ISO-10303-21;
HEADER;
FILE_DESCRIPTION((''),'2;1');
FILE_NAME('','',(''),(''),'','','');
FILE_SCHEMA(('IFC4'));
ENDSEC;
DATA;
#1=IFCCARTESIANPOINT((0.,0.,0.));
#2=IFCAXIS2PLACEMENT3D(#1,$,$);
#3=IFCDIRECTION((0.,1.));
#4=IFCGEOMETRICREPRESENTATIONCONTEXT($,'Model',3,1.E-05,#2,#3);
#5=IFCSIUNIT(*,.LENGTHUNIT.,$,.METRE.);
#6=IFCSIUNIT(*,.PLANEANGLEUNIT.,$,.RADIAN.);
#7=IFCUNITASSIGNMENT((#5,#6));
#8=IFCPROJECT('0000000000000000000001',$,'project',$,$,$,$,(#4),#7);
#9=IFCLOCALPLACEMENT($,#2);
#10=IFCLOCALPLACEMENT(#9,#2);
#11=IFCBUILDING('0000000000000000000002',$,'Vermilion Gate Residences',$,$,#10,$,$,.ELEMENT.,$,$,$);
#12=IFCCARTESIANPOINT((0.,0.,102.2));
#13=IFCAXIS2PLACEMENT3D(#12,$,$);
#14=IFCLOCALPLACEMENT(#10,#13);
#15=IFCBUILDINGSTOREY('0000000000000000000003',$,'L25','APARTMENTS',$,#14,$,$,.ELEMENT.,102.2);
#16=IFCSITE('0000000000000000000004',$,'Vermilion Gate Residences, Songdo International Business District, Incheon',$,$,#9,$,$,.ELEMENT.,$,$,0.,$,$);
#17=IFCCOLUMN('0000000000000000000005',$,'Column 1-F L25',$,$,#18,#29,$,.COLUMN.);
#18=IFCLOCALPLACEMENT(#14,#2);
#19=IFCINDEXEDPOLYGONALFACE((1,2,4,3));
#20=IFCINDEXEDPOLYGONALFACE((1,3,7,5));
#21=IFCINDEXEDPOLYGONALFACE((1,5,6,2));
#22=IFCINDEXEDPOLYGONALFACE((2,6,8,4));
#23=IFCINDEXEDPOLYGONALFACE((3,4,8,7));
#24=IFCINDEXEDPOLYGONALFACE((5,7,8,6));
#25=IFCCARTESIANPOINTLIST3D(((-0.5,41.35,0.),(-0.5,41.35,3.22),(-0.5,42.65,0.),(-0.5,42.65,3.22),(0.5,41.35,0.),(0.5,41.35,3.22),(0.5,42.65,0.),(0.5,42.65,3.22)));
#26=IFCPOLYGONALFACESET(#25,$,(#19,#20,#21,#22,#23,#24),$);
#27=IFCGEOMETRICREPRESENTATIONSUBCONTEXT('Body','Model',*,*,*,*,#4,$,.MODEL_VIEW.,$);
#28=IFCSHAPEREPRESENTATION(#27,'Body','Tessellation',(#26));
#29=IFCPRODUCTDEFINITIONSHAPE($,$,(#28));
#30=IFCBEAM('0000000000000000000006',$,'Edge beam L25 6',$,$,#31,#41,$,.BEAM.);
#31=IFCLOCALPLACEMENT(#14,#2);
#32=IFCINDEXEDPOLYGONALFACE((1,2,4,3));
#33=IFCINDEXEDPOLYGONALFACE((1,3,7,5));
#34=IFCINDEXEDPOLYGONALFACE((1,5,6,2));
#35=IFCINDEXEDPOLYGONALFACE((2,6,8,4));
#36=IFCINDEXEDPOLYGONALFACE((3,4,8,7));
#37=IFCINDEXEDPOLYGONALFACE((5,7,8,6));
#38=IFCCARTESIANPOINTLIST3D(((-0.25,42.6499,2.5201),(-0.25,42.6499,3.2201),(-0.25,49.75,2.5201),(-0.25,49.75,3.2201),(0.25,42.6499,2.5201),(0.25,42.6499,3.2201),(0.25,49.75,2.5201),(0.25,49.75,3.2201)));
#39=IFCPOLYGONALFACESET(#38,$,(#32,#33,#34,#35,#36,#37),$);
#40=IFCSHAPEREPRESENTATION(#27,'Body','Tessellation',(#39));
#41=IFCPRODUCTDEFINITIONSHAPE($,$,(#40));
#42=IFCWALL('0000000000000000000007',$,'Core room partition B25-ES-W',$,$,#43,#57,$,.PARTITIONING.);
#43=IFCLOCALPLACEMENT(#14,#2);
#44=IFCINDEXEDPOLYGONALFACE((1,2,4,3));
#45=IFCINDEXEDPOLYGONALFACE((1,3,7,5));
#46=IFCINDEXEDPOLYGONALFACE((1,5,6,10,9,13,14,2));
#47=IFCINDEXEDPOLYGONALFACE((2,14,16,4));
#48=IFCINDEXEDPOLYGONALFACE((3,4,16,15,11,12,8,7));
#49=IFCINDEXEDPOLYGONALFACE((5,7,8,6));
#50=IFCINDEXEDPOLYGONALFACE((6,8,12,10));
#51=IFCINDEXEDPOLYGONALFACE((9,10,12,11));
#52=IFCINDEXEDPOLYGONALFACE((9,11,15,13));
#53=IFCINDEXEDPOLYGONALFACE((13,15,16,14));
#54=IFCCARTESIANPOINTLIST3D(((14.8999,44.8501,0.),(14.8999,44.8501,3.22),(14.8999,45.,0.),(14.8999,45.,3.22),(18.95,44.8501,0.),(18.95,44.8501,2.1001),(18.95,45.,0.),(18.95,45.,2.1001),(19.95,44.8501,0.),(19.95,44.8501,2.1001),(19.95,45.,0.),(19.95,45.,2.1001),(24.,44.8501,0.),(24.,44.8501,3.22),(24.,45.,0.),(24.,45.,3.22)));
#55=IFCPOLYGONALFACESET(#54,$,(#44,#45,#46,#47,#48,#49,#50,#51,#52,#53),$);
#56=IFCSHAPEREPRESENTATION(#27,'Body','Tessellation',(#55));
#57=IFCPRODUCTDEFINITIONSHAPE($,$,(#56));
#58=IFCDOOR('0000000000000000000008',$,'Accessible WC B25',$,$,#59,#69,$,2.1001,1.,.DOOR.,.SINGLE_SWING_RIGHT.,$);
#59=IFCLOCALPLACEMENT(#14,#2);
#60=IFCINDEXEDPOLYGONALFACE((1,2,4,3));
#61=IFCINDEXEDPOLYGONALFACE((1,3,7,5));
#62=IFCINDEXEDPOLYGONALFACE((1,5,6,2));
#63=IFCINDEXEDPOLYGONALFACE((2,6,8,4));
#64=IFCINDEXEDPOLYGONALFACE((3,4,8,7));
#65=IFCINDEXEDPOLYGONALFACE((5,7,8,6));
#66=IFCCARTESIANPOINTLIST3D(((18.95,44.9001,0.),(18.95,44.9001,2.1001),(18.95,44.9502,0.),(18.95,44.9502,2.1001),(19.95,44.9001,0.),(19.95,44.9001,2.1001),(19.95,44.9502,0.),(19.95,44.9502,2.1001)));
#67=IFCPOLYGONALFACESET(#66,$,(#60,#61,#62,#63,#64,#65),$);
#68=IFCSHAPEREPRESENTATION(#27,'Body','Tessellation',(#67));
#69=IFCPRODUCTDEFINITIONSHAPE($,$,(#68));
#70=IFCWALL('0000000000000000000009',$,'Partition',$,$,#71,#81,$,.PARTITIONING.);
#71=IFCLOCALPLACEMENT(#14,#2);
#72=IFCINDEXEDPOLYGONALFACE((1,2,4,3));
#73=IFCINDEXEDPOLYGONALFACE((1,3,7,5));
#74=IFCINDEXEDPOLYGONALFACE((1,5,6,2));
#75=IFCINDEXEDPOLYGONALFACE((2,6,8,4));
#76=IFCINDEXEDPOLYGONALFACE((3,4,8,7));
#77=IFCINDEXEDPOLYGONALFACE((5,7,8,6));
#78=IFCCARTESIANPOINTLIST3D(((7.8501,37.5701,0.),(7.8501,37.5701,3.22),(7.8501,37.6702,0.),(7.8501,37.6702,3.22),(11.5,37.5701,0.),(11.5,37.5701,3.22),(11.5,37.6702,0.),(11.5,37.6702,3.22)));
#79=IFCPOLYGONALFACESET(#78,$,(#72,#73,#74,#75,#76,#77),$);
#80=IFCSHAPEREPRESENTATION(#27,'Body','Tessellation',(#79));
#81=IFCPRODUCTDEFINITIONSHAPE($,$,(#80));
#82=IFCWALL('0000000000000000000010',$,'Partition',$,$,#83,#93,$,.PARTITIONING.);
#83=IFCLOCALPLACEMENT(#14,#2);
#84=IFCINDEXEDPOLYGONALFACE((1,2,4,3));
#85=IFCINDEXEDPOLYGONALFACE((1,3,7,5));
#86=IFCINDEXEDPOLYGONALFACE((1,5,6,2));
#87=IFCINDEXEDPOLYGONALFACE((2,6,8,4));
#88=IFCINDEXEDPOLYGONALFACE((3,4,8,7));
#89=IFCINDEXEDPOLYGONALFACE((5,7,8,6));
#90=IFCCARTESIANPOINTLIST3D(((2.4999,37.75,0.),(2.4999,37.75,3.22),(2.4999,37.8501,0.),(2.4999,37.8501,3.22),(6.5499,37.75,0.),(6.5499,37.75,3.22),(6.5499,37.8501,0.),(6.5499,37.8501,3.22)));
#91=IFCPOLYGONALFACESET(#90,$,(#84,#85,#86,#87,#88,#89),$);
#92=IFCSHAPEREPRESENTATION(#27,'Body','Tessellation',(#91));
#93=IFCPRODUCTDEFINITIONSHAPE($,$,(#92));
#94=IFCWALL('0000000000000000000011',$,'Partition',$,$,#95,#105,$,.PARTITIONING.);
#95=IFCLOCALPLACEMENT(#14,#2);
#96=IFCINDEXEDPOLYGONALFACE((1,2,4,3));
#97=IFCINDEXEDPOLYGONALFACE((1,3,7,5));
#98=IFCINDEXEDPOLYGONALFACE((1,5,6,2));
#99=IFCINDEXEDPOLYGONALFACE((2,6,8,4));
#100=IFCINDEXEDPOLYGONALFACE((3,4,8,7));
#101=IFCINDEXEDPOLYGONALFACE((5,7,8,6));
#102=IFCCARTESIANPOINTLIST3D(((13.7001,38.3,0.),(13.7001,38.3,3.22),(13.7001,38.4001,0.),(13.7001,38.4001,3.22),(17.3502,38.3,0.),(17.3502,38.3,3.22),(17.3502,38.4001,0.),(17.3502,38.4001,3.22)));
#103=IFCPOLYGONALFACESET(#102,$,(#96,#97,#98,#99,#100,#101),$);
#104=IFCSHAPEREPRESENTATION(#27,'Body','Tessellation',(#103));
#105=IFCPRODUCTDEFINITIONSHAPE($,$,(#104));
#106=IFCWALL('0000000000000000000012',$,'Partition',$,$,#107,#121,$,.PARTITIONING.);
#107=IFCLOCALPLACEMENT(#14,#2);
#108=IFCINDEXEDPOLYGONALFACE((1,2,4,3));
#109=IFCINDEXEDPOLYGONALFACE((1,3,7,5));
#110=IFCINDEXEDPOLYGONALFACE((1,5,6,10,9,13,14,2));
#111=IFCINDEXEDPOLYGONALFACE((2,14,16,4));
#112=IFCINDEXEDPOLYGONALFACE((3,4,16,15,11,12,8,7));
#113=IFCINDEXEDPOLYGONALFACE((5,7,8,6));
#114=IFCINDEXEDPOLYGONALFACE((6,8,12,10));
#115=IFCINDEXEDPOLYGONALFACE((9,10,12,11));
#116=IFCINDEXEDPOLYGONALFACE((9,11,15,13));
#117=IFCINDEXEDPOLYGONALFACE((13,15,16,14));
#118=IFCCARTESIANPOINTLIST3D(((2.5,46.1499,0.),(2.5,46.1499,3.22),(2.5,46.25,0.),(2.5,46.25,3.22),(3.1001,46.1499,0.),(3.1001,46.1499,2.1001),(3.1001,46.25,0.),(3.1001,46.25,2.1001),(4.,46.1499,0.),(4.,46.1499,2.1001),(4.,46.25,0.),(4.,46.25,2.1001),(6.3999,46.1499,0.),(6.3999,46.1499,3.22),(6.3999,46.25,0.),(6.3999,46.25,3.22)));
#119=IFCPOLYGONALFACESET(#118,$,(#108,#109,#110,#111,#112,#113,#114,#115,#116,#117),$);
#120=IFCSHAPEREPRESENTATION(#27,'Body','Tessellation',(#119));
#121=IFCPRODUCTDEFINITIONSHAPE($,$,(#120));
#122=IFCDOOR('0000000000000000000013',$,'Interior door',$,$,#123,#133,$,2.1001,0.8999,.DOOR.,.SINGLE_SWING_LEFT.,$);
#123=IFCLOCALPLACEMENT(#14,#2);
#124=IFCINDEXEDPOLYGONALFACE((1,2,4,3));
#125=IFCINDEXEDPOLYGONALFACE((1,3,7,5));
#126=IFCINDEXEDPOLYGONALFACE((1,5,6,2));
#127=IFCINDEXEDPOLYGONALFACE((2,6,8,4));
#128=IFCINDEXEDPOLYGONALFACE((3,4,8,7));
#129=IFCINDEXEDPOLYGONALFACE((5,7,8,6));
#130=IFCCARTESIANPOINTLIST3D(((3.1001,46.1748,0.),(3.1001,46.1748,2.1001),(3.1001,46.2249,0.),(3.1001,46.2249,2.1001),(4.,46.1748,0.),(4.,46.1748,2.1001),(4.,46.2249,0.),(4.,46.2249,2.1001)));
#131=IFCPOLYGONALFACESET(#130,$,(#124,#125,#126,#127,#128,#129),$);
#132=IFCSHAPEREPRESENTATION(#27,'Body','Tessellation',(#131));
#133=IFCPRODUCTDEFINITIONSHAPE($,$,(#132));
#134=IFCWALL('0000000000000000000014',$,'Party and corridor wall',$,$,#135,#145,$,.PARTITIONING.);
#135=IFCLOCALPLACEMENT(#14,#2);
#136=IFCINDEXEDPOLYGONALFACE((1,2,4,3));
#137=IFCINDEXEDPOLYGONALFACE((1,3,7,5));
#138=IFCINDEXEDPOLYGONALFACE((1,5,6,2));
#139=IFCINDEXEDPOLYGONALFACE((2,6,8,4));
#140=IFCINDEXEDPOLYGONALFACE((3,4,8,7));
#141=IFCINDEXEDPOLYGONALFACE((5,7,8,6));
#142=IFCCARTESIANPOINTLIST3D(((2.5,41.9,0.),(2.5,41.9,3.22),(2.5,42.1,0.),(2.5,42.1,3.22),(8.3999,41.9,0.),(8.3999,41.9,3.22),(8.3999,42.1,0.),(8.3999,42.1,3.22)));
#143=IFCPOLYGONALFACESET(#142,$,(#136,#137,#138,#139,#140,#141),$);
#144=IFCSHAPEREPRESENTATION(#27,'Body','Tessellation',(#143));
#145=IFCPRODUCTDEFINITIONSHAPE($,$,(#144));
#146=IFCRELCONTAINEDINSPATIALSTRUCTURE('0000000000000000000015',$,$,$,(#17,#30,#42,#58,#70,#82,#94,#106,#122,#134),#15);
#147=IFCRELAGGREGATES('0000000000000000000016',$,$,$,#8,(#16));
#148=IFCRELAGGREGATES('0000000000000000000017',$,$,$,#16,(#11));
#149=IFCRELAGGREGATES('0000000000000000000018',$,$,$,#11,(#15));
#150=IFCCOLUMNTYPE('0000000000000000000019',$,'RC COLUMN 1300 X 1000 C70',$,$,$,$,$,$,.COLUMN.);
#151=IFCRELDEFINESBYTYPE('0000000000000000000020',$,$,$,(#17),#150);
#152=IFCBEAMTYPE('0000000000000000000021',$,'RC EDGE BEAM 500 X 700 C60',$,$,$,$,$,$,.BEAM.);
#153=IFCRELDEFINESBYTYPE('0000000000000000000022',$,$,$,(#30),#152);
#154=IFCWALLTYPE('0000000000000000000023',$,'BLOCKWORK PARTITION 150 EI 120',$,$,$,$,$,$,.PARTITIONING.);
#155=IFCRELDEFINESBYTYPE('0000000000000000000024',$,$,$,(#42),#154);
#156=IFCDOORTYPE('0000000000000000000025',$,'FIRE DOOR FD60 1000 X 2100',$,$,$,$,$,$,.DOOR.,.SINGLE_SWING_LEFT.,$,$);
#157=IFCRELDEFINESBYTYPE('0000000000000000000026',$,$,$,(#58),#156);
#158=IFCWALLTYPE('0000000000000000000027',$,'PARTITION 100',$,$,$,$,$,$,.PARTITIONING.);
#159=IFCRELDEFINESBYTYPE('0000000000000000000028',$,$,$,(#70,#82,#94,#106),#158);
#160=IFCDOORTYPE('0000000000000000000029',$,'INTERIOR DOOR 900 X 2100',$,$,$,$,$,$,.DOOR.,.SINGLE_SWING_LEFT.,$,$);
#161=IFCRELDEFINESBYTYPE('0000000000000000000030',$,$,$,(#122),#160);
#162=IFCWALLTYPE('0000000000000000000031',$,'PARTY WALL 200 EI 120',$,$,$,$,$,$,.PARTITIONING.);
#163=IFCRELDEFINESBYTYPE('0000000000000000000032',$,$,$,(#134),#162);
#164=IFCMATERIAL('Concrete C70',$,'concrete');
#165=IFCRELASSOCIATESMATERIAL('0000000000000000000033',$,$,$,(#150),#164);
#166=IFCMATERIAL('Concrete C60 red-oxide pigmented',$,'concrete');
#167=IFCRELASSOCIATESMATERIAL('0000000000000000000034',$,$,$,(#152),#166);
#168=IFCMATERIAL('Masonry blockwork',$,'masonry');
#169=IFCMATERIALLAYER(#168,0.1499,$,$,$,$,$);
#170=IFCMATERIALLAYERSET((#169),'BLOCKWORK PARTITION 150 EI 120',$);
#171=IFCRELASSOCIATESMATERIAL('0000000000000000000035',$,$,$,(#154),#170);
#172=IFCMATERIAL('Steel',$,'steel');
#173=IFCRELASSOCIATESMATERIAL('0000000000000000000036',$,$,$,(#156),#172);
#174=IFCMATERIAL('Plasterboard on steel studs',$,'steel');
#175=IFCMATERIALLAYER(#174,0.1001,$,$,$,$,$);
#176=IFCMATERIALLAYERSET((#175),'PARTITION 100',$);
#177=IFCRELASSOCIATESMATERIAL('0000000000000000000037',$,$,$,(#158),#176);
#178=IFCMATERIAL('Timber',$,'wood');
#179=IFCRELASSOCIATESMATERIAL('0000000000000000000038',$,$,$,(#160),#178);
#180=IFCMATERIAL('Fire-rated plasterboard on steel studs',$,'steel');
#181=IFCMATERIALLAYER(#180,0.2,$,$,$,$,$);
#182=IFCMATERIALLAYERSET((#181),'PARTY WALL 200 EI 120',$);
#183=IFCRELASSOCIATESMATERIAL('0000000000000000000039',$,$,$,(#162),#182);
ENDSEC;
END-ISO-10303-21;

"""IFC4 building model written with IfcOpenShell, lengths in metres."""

from ifc_helpers import new_model, si_unit, direction, frame, frame_2d, origin, origin_2d, place, context, subcontext, project, spatial, rectangle, extrude, material, layer, layer_set, material_profile, profile_set, type_object, element, fill, save


model = new_model("IFC4")

# Units and contexts
model_context = context("Model", 3, precision=1e-05, world=origin(), true_north=direction((0.0, 1.0)))
body_context = subcontext(model_context, "Body", "Model", "MODEL_VIEW")
ifc_project = project(units=[si_unit("LENGTHUNIT", "METRE"), si_unit("PLANEANGLEUNIT", "RADIAN")], contexts=[model_context])

# Site, building, storey
site_placement = place(None, origin())
site = spatial("IfcSite", under=ifc_project, at=site_placement, Name="Vermilion Gate Residences, Songdo International Business District, Incheon", CompositionType="ELEMENT", RefElevation=0.0)
building_placement = place(site_placement, origin())
building = spatial("IfcBuilding", under=site, at=building_placement, Name="Vermilion Gate Residences", CompositionType="ELEMENT")
storey_placement = place(building_placement, frame((0.0, 0.0, 102.2)))
storey = spatial("IfcBuildingStorey", under=building, at=storey_placement, Name="L25", Description="APARTMENTS", CompositionType="ELEMENT", Elevation=102.2)

# Column
ifc_material_1 = material(Name="Concrete C70", Category="concrete")
ifc_material_profile_1 = material_profile(ifc_material_1, rectangle(XDim=1.3, YDim=1.0, at=origin_2d()), Name="RC-1300x1000")
ifc_profile_set_1 = profile_set([ifc_material_profile_1], Name="Concrete C70")
column_type = type_object("IfcColumnType", Name="RC COLUMN 1300 X 1000 C70", PredefinedType="COLUMN", material=ifc_profile_set_1)
column_placement = place(storey_placement, frame((0.0, 42.0, 0.0), z_axis=(0.0, 0.0, 1.0), x_axis=(0.0, 1.0, 0.0)))
element("IfcColumn", 1, at=column_placement, inside=storey, type_object=column_type, Name="Column 1-F L25", PredefinedType="COLUMN", context=body_context, shape_type="SweptSolid", body=[
    extrude(rectangle(XDim=1.3, YDim=1.0, at=origin_2d()), origin(), (0.0, 0.0, 1.0), 3.22),
])

# Beam
ifc_material_2 = material(Name="Concrete C60 red-oxide pigmented", Category="concrete")
ifc_material_profile_2 = material_profile(ifc_material_2, rectangle(XDim=0.5, YDim=0.7, at=origin_2d()), Name="RC-500x700")
ifc_profile_set_2 = profile_set([ifc_material_profile_2], Name="Concrete C60 red-oxide pigmented")
beam_type = type_object("IfcBeamType", Name="RC EDGE BEAM 500 X 700 C60", PredefinedType="BEAM", material=ifc_profile_set_2)
beam_placement = place(storey_placement, frame((0.0, 42.6499, 2.8701), z_axis=(0.0, 1.0, 0.0), x_axis=(-1.0, 0.0, 0.0)))
element("IfcBeam", 2, at=beam_placement, inside=storey, type_object=beam_type, Name="Edge beam L25 6", PredefinedType="BEAM", context=body_context, shape_type="SweptSolid", body=[
    extrude(rectangle(XDim=0.5, YDim=0.7, at=origin_2d()), origin(), (0.0, 0.0, 1.0), 7.1001),
])

# Wall, opening, door
ifc_material_3 = material(Name="Masonry blockwork", Category="masonry")
ifc_layer_1 = layer(ifc_material_3, 0.1499)
ifc_layer_set_1 = layer_set([ifc_layer_1], Name="BLOCKWORK PARTITION 150 EI 120")
wall_type_1 = type_object("IfcWallType", Name="BLOCKWORK PARTITION 150 EI 120", PredefinedType="PARTITIONING", material=ifc_layer_set_1)
wall_1_placement = place(storey_placement, frame((14.8999, 44.925, 0.0), z_axis=(0.0, 0.0, 1.0), x_axis=(1.0, 0.0, 0.0)))
wall_1 = element("IfcWall", 3, at=wall_1_placement, inside=storey, type_object=wall_type_1, Name="Core room partition B25-ES-W", PredefinedType="PARTITIONING", context=body_context, shape_type="SweptSolid", body=[
    extrude(rectangle(XDim=9.1001, YDim=0.1499, at=frame_2d((4.55, 0.0))), origin(), (0.0, 0.0, 1.0), 3.22),
])
opening_1_placement = place(wall_1_placement, frame((4.05, 0.0, 0.0)))
opening_1 = element("IfcOpeningElement", 4, at=opening_1_placement, cuts=wall_1, PredefinedType="OPENING", context=body_context, shape_type="SweptSolid", body=[
    extrude(rectangle(XDim=1.0, YDim=2.1001, at=frame_2d((0.5, 1.05))), frame((0.0, 0.085, 0.0), z_axis=(0.0, -1.0, 0.0), x_axis=(1.0, 0.0, 0.0)), (0.0, 0.0, 1.0), 0.1699),
])
ifc_material_4 = material(Name="Steel", Category="steel")
door_type_1 = type_object("IfcDoorType", Name="FIRE DOOR FD60 1000 X 2100", OperationType="SINGLE_SWING_LEFT", PredefinedType="DOOR", material=ifc_material_4)
door_1_placement = place(opening_1_placement, frame((1.0, 0.0, 0.0), z_axis=(0.0, 0.0, 1.0), x_axis=(-1.0, 0.0, 0.0)))
door_1 = element("IfcDoor", 5, at=door_1_placement, inside=storey, type_object=door_type_1, Name="Accessible WC B25", OperationType="SINGLE_SWING_RIGHT", OverallHeight=2.1001, OverallWidth=1.0, PredefinedType="DOOR", context=body_context, shape_type="SweptSolid", body=[
    extrude(rectangle(XDim=1.0, YDim=2.1001, at=frame_2d((0.5, 1.05))), frame((0.0, 0.0249, 0.0), z_axis=(0.0, -1.0, 0.0), x_axis=(1.0, 0.0, 0.0)), (0.0, 0.0, 1.0), 0.05),
])
fill(opening_1, door_1)

# Walls
ifc_material_5 = material(Name="Plasterboard on steel studs", Category="steel")
ifc_layer_2 = layer(ifc_material_5, 0.1001)
ifc_layer_set_2 = layer_set([ifc_layer_2], Name="PARTITION 100")
wall_type_2 = type_object("IfcWallType", Name="PARTITION 100", PredefinedType="PARTITIONING", material=ifc_layer_set_2)
wall_2_placement = place(storey_placement, frame((7.8501, 37.6201, 0.0), z_axis=(0.0, 0.0, 1.0), x_axis=(1.0, 0.0, 0.0)))
element("IfcWall", 6, at=wall_2_placement, inside=storey, type_object=wall_type_2, Name="Partition", PredefinedType="PARTITIONING", context=body_context, shape_type="SweptSolid", body=[
    extrude(rectangle(XDim=3.6499, YDim=0.1001, at=frame_2d((1.825, 0.0))), origin(), (0.0, 0.0, 1.0), 3.22),
])
wall_3_placement = place(storey_placement, frame((2.5, 37.8, 0.0), z_axis=(0.0, 0.0, 1.0), x_axis=(1.0, 0.0, 0.0)))
element("IfcWall", 7, at=wall_3_placement, inside=storey, type_object=wall_type_2, Name="Partition", PredefinedType="PARTITIONING", context=body_context, shape_type="SweptSolid", body=[
    extrude(rectangle(XDim=4.05, YDim=0.1001, at=frame_2d((2.0249, 0.0))), origin(), (0.0, 0.0, 1.0), 3.22),
])
wall_4_placement = place(storey_placement, frame((13.7, 38.3501, 0.0), z_axis=(0.0, 0.0, 1.0), x_axis=(1.0, 0.0, 0.0)))
element("IfcWall", 8, at=wall_4_placement, inside=storey, type_object=wall_type_2, Name="Partition", PredefinedType="PARTITIONING", context=body_context, shape_type="SweptSolid", body=[
    extrude(rectangle(XDim=3.6501, YDim=0.1001, at=frame_2d((1.8252, 0.0))), origin(), (0.0, 0.0, 1.0), 3.22),
])

# Wall, opening, door
wall_5_placement = place(storey_placement, frame((2.5, 46.2, 0.0), z_axis=(0.0, 0.0, 1.0), x_axis=(1.0, 0.0, 0.0)))
wall_5 = element("IfcWall", 9, at=wall_5_placement, inside=storey, type_object=wall_type_2, Name="Partition", PredefinedType="PARTITIONING", context=body_context, shape_type="SweptSolid", body=[
    extrude(rectangle(XDim=3.8999, YDim=0.1001, at=frame_2d((1.95, 0.0))), origin(), (0.0, 0.0, 1.0), 3.22),
])
opening_2_placement = place(wall_5_placement, frame((0.6001, 0.0, 0.0)))
opening_2 = element("IfcOpeningElement", 10, at=opening_2_placement, cuts=wall_5, PredefinedType="OPENING", context=body_context, shape_type="SweptSolid", body=[
    extrude(rectangle(XDim=0.8999, YDim=2.1001, at=frame_2d((0.45, 1.05))), frame((0.0, 0.0601, 0.0), z_axis=(0.0, -1.0, 0.0), x_axis=(1.0, 0.0, 0.0)), (0.0, 0.0, 1.0), 0.1201),
])
ifc_material_6 = material(Name="Timber", Category="wood")
door_type_2 = type_object("IfcDoorType", Name="INTERIOR DOOR 900 X 2100", OperationType="SINGLE_SWING_LEFT", PredefinedType="DOOR", material=ifc_material_6)
door_2_placement = place(opening_2_placement, origin())
door_2 = element("IfcDoor", 11, at=door_2_placement, inside=storey, type_object=door_type_2, Name="Interior door", OperationType="SINGLE_SWING_LEFT", OverallHeight=2.1001, OverallWidth=0.8999, PredefinedType="DOOR", context=body_context, shape_type="SweptSolid", body=[
    extrude(rectangle(XDim=0.8999, YDim=2.1001, at=frame_2d((0.45, 1.05))), frame((0.0, 0.0249, 0.0), z_axis=(0.0, -1.0, 0.0), x_axis=(1.0, 0.0, 0.0)), (0.0, 0.0, 1.0), 0.05),
])
fill(opening_2, door_2)

# Wall
ifc_material_7 = material(Name="Fire-rated plasterboard on steel studs", Category="steel")
ifc_layer_3 = layer(ifc_material_7, 0.2)
ifc_layer_set_3 = layer_set([ifc_layer_3], Name="PARTY WALL 200 EI 120")
wall_type_3 = type_object("IfcWallType", Name="PARTY WALL 200 EI 120", PredefinedType="PARTITIONING", material=ifc_layer_set_3)
wall_6_placement = place(storey_placement, frame((2.5, 42.0, 0.0), z_axis=(0.0, 0.0, 1.0), x_axis=(1.0, 0.0, 0.0)))
element("IfcWall", 12, at=wall_6_placement, inside=storey, type_object=wall_type_3, Name="Party and corridor wall", PredefinedType="PARTITIONING", context=body_context, shape_type="SweptSolid", body=[
    extrude(rectangle(XDim=5.8999, YDim=0.2, at=frame_2d((2.95, 0.0))), origin(), (0.0, 0.0, 1.0), 3.22),
])

save(model, "model.ifc")
